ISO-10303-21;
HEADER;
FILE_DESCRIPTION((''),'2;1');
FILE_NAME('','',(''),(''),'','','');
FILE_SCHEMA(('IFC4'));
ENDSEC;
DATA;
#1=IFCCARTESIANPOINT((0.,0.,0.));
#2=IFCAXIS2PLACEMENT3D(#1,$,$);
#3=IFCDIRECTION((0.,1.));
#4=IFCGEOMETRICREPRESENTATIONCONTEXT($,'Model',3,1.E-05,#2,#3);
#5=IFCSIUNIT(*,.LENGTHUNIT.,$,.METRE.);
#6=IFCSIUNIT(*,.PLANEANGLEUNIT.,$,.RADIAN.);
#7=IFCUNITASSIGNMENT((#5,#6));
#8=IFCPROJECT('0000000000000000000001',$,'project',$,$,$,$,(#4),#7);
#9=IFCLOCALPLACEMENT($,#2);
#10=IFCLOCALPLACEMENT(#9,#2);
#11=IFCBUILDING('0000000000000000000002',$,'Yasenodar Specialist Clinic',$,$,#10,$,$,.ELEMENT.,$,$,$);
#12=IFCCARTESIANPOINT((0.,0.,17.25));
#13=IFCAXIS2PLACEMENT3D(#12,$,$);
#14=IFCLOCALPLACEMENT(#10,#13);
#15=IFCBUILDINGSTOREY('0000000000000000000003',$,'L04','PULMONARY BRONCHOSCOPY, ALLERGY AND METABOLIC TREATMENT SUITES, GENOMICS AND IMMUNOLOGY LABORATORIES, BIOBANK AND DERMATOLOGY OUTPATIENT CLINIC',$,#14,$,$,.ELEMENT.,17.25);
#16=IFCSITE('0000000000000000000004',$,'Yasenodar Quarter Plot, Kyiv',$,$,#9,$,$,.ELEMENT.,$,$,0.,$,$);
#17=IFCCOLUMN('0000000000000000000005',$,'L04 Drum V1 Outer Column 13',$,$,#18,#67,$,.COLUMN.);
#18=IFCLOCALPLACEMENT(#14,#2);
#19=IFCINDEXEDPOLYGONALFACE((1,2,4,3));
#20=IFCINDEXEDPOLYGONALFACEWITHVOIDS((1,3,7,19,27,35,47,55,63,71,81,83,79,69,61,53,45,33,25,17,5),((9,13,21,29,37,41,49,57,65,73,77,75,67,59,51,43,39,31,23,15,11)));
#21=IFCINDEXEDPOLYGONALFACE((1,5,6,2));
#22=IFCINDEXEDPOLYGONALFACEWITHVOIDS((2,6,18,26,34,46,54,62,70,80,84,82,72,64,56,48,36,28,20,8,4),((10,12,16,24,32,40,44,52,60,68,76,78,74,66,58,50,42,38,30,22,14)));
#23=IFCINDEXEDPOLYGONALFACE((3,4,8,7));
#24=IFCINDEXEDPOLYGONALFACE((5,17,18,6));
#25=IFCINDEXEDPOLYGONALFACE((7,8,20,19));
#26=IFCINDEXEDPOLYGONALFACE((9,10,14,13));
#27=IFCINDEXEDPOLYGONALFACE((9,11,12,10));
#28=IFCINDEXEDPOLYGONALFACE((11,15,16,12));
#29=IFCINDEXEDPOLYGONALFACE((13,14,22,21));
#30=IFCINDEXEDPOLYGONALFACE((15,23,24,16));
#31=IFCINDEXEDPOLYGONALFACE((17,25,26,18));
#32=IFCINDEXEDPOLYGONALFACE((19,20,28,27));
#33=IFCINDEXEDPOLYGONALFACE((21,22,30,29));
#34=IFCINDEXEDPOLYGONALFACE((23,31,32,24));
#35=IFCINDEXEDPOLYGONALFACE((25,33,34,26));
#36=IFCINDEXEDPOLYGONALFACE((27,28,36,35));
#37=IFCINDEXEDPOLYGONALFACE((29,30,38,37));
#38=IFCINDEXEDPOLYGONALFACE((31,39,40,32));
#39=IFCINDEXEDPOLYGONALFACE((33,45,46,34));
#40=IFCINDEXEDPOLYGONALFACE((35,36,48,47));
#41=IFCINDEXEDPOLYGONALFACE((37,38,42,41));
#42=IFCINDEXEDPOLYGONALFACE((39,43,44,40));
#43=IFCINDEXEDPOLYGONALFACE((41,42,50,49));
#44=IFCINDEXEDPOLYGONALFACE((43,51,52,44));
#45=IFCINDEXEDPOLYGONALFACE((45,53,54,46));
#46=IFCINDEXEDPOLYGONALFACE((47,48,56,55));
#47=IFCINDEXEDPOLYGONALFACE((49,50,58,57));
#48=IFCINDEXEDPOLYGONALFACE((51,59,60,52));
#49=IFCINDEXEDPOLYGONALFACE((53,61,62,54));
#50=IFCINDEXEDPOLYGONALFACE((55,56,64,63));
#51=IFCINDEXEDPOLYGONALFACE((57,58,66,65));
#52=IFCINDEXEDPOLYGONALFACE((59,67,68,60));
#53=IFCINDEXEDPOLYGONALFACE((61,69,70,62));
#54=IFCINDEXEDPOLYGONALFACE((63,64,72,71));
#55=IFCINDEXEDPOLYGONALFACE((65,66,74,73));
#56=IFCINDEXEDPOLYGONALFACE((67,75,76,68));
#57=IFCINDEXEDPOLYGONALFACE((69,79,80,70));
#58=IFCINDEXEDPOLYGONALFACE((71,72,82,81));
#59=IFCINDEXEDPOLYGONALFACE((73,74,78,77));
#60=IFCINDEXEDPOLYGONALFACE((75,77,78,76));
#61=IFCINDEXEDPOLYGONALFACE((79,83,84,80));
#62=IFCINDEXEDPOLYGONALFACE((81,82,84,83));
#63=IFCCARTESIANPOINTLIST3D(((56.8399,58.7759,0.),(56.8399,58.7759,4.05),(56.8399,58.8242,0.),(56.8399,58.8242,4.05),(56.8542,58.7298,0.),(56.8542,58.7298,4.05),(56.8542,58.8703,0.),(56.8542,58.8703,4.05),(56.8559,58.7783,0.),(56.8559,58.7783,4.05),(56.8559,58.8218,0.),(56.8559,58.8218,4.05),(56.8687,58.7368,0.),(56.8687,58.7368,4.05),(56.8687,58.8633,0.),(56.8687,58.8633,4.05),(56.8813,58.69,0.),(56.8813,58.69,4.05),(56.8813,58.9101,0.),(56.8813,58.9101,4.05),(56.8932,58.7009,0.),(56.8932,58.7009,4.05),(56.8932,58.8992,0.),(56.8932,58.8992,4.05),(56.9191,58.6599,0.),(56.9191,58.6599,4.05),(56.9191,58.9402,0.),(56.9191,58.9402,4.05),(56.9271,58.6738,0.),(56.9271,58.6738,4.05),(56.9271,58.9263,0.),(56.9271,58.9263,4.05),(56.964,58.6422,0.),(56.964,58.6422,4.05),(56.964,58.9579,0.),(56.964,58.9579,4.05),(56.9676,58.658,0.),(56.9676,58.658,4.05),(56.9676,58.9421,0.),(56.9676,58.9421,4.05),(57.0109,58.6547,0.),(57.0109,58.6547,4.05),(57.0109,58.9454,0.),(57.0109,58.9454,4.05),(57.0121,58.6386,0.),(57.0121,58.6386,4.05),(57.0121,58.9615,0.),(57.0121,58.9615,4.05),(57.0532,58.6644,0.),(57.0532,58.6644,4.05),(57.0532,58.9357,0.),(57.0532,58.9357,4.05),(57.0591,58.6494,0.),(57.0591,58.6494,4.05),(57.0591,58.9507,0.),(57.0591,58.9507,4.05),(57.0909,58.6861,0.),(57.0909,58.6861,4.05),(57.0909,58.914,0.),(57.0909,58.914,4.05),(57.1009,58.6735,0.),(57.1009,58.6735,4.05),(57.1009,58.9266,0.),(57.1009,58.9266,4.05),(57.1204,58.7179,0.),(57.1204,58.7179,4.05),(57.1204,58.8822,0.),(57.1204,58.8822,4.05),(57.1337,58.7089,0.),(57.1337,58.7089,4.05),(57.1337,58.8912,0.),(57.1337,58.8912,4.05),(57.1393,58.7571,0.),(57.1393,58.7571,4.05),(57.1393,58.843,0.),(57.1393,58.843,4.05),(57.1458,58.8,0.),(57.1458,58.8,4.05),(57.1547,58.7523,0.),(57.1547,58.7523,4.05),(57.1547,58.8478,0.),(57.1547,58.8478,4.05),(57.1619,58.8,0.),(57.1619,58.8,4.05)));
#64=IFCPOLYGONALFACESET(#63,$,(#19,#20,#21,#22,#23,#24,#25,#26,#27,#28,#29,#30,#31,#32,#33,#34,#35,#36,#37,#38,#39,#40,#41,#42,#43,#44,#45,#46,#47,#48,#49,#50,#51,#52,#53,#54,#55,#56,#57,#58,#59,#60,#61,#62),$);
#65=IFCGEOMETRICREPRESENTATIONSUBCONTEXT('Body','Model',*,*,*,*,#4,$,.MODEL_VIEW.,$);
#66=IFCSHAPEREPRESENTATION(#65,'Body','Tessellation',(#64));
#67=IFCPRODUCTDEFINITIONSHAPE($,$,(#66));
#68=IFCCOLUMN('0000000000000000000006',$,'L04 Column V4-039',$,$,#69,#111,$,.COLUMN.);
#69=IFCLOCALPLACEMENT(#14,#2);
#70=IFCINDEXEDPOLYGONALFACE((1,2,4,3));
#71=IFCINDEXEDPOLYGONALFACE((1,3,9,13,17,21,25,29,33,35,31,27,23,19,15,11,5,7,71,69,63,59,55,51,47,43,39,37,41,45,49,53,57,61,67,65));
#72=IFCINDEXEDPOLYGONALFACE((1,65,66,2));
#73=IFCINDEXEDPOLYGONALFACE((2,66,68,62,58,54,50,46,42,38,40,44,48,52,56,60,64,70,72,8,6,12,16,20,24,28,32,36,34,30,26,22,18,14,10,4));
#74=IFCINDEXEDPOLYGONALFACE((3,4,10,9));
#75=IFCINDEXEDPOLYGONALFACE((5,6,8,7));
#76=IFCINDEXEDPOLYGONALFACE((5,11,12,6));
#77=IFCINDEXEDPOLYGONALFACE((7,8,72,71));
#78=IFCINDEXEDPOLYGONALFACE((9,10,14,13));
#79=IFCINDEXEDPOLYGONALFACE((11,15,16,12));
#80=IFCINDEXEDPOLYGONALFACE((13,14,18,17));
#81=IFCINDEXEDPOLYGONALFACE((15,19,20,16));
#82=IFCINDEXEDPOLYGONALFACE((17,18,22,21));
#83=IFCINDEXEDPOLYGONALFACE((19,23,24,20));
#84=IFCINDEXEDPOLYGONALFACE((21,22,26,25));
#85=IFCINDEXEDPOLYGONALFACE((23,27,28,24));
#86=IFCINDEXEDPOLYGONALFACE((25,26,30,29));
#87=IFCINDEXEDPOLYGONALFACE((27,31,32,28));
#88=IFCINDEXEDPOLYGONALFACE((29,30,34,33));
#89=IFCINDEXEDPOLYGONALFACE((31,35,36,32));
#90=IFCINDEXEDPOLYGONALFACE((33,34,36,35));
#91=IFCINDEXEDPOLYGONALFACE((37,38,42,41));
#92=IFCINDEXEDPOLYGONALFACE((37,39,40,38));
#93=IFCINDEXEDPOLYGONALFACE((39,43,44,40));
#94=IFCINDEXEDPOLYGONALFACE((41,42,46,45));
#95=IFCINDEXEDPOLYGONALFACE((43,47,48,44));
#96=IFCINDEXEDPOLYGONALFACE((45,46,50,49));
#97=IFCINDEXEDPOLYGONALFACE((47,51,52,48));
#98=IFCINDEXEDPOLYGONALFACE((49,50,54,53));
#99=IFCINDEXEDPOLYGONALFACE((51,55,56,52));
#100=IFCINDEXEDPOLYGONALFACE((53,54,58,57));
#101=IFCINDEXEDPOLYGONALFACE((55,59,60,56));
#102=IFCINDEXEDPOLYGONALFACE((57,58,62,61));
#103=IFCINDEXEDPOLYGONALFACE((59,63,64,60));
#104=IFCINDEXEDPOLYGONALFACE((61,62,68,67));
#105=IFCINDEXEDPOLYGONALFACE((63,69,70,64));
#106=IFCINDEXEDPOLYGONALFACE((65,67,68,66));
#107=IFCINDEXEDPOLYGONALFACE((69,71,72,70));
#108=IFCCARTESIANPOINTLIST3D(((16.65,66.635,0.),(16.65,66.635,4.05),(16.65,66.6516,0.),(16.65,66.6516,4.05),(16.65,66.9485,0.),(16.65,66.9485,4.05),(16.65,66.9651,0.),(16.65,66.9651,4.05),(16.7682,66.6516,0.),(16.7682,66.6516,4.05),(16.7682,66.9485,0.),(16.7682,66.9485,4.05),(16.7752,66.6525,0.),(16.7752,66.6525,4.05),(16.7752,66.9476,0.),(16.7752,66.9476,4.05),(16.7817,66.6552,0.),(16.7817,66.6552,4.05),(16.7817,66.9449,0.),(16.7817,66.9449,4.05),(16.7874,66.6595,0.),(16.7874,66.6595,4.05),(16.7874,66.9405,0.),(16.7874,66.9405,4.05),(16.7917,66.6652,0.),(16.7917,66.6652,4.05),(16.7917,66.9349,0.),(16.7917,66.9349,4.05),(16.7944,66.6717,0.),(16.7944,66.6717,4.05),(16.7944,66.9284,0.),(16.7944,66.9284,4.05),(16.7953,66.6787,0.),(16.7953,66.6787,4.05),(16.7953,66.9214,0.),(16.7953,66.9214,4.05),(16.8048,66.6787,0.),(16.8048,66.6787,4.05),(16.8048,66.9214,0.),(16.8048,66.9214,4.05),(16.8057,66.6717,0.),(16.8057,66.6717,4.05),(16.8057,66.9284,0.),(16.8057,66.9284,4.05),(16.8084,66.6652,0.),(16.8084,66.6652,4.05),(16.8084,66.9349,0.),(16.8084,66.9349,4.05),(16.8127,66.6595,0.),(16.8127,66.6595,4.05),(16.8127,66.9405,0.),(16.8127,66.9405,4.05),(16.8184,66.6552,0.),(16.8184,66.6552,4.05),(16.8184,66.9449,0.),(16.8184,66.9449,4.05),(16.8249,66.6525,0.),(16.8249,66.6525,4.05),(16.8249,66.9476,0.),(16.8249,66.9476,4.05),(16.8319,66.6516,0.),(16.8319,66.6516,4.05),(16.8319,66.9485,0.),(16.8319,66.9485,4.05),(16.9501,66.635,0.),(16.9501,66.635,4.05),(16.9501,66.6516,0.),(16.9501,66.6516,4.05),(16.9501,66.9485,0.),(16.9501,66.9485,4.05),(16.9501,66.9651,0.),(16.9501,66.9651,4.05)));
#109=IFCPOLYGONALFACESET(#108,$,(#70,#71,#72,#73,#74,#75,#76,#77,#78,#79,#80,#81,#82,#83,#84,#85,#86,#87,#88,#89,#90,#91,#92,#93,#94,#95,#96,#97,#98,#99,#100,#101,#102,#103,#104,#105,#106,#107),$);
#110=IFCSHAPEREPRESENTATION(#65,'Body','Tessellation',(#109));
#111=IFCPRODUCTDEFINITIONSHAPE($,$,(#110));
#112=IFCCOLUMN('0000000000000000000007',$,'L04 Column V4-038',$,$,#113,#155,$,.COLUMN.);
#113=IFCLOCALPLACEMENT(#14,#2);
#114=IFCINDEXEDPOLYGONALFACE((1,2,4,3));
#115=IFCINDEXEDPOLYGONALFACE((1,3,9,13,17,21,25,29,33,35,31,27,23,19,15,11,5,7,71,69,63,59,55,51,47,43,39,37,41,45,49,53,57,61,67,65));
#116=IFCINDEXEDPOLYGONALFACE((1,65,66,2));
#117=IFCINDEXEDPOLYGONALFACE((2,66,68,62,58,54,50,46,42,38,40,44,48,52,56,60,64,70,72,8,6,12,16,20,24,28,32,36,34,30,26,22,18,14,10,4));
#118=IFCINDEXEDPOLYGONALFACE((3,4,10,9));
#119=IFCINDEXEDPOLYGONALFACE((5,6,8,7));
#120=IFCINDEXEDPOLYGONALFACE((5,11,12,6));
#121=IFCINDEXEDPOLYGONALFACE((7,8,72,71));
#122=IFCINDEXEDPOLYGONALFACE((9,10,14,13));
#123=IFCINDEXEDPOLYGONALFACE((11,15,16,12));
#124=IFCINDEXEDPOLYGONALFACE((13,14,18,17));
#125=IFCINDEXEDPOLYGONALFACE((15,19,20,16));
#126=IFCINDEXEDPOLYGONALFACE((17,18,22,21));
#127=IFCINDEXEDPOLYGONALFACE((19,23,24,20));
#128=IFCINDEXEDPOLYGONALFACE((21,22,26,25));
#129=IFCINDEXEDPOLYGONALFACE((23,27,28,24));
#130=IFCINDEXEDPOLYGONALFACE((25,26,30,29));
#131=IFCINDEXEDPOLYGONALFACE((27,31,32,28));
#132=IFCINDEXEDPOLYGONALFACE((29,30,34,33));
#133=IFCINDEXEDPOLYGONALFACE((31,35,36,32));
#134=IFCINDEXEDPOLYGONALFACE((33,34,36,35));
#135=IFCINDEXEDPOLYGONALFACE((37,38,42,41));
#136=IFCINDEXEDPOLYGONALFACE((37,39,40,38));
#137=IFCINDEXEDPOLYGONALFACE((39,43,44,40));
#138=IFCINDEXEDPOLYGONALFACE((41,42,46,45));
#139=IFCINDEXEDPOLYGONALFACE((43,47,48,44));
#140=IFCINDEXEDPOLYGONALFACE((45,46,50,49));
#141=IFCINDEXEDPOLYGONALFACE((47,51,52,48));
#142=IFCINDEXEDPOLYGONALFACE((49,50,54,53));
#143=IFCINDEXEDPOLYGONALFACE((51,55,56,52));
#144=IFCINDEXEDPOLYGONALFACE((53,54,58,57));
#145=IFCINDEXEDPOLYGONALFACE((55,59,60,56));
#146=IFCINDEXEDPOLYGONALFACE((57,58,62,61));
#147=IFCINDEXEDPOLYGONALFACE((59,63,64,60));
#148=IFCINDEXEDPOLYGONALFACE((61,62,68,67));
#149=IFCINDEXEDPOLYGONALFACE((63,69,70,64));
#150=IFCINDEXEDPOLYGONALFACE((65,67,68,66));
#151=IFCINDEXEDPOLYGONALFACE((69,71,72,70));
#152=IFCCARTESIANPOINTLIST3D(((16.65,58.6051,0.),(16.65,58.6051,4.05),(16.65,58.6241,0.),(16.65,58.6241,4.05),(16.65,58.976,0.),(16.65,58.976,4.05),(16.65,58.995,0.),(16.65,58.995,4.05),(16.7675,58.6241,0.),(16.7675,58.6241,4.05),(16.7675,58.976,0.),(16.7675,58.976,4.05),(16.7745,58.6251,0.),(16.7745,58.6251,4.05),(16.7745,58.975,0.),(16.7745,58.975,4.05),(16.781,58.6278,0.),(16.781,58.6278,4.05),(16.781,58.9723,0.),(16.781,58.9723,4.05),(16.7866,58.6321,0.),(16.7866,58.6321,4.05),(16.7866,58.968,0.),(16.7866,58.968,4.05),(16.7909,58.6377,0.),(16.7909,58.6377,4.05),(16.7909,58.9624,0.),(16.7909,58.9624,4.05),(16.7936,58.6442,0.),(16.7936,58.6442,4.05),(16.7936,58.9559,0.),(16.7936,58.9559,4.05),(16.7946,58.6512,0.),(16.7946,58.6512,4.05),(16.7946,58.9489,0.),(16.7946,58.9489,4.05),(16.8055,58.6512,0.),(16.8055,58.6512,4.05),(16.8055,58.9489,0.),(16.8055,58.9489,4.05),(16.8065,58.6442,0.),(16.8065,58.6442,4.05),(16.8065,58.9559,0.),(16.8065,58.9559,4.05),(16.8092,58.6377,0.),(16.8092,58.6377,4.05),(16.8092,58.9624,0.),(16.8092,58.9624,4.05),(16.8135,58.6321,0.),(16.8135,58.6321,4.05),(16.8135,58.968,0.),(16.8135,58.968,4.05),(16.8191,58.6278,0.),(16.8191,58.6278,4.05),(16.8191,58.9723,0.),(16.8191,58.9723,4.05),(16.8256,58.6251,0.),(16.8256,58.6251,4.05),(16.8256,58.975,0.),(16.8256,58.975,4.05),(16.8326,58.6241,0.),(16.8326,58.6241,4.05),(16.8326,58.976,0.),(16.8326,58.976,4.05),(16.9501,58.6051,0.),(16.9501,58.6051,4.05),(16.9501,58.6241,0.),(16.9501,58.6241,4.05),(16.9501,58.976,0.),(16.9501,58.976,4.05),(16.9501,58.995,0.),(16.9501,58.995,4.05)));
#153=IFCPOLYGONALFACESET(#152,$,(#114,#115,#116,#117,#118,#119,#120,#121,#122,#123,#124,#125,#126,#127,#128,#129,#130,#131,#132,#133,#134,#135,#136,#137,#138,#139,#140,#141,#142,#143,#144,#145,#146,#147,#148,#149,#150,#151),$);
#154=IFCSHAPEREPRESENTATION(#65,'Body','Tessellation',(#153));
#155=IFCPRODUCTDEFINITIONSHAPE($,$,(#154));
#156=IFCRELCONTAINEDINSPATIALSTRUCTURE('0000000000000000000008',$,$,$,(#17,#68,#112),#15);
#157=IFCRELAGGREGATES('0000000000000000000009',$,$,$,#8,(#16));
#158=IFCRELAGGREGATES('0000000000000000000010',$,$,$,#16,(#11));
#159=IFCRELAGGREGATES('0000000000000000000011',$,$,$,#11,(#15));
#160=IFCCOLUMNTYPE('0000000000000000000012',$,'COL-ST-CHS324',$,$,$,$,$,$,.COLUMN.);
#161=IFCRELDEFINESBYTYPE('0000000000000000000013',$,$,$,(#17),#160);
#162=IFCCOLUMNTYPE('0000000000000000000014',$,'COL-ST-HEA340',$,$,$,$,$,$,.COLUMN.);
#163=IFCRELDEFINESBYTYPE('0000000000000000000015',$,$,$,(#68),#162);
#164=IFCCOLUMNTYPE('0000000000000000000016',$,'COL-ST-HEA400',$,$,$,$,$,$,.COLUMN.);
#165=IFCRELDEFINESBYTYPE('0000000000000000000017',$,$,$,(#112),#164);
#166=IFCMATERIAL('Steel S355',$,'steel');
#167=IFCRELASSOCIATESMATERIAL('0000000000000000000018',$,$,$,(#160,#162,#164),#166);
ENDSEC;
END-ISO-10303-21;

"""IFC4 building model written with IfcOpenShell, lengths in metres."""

from ifc_helpers import new_model, si_unit, direction, frame, origin, origin_2d, place, context, subcontext, project, spatial, hollow_circle, i_section, extrude, material, material_profile, profile_set, type_object, element, save


model = new_model("IFC4")

# Units and contexts
model_context = context("Model", 3, precision=1e-05, world=origin(), true_north=direction((0.0, 1.0)))
body_context = subcontext(model_context, "Body", "Model", "MODEL_VIEW")
ifc_project = project(units=[si_unit("LENGTHUNIT", "METRE"), si_unit("PLANEANGLEUNIT", "RADIAN")], contexts=[model_context])

# Site, building, storey
site_placement = place(None, origin())
site = spatial("IfcSite", under=ifc_project, at=site_placement, Name="Yasenodar Quarter Plot, Kyiv", CompositionType="ELEMENT", RefElevation=0.0)
building_placement = place(site_placement, origin())
building = spatial("IfcBuilding", under=site, at=building_placement, Name="Yasenodar Specialist Clinic", CompositionType="ELEMENT")
storey_placement = place(building_placement, frame((0.0, 0.0, 17.25)))
storey = spatial("IfcBuildingStorey", under=building, at=storey_placement, Name="L04", Description="PULMONARY BRONCHOSCOPY, ALLERGY AND METABOLIC TREATMENT SUITES, GENOMICS AND IMMUNOLOGY LABORATORIES, BIOBANK AND DERMATOLOGY OUTPATIENT CLINIC", CompositionType="ELEMENT", Elevation=17.25)

# Columns
ifc_material_1 = material(Name="Steel S355", Category="steel")
ifc_material_profile_1 = material_profile(ifc_material_1, hollow_circle(Radius=0.1619, WallThickness=0.0161, at=origin_2d()), Name="CHS 323.9x16")
ifc_profile_set_1 = profile_set([ifc_material_profile_1], Name="Steel S355")
column_type_1 = type_object("IfcColumnType", Name="COL-ST-CHS324", PredefinedType="COLUMN", material=ifc_profile_set_1)
column_1_placement = place(storey_placement, frame((57.0, 58.8, 0.0), z_axis=(0.0, 0.0, 1.0), x_axis=(1.0, 0.0, 0.0)))
element("IfcColumn", 1, at=column_1_placement, inside=storey, type_object=column_type_1, Name="L04 Drum V1 Outer Column 13", PredefinedType="COLUMN", context=body_context, shape_type="SweptSolid", body=[
    extrude(hollow_circle(Radius=0.1619, WallThickness=0.0161, at=origin_2d()), origin(), (0.0, 0.0, 1.0), 4.05),
])
ifc_material_profile_2 = material_profile(ifc_material_1, i_section(OverallWidth=0.3, OverallDepth=0.3301, WebThickness=0.0095, FlangeThickness=0.0166, FilletRadius=0.0271, at=origin_2d()), Name="HEA 340")
ifc_profile_set_2 = profile_set([ifc_material_profile_2], Name="Steel S355")
column_type_2 = type_object("IfcColumnType", Name="COL-ST-HEA340", PredefinedType="COLUMN", material=ifc_profile_set_2)
column_2_placement = place(storey_placement, frame((16.8, 66.8, 0.0), z_axis=(0.0, 0.0, 1.0), x_axis=(1.0, 0.0, 0.0)))
element("IfcColumn", 2, at=column_2_placement, inside=storey, type_object=column_type_2, Name="L04 Column V4-039", PredefinedType="COLUMN", context=body_context, shape_type="SweptSolid", body=[
    extrude(i_section(OverallWidth=0.3, OverallDepth=0.3301, WebThickness=0.0095, FlangeThickness=0.0166, FilletRadius=0.0271, at=origin_2d()), origin(), (0.0, 0.0, 1.0), 4.05),
])
ifc_material_profile_3 = material_profile(ifc_material_1, i_section(OverallWidth=0.3, OverallDepth=0.3899, WebThickness=0.011, FlangeThickness=0.019, FilletRadius=0.0271, at=origin_2d()), Name="HEA 400")
ifc_profile_set_3 = profile_set([ifc_material_profile_3], Name="Steel S355")
column_type_3 = type_object("IfcColumnType", Name="COL-ST-HEA400", PredefinedType="COLUMN", material=ifc_profile_set_3)
column_3_placement = place(storey_placement, frame((16.8, 58.8, 0.0), z_axis=(0.0, 0.0, 1.0), x_axis=(1.0, 0.0, 0.0)))
element("IfcColumn", 3, at=column_3_placement, inside=storey, type_object=column_type_3, Name="L04 Column V4-038", PredefinedType="COLUMN", context=body_context, shape_type="SweptSolid", body=[
    extrude(i_section(OverallWidth=0.3, OverallDepth=0.3899, WebThickness=0.011, FlangeThickness=0.019, FilletRadius=0.0271, at=origin_2d()), origin(), (0.0, 0.0, 1.0), 4.05),
])

save(model, "model.ifc")
